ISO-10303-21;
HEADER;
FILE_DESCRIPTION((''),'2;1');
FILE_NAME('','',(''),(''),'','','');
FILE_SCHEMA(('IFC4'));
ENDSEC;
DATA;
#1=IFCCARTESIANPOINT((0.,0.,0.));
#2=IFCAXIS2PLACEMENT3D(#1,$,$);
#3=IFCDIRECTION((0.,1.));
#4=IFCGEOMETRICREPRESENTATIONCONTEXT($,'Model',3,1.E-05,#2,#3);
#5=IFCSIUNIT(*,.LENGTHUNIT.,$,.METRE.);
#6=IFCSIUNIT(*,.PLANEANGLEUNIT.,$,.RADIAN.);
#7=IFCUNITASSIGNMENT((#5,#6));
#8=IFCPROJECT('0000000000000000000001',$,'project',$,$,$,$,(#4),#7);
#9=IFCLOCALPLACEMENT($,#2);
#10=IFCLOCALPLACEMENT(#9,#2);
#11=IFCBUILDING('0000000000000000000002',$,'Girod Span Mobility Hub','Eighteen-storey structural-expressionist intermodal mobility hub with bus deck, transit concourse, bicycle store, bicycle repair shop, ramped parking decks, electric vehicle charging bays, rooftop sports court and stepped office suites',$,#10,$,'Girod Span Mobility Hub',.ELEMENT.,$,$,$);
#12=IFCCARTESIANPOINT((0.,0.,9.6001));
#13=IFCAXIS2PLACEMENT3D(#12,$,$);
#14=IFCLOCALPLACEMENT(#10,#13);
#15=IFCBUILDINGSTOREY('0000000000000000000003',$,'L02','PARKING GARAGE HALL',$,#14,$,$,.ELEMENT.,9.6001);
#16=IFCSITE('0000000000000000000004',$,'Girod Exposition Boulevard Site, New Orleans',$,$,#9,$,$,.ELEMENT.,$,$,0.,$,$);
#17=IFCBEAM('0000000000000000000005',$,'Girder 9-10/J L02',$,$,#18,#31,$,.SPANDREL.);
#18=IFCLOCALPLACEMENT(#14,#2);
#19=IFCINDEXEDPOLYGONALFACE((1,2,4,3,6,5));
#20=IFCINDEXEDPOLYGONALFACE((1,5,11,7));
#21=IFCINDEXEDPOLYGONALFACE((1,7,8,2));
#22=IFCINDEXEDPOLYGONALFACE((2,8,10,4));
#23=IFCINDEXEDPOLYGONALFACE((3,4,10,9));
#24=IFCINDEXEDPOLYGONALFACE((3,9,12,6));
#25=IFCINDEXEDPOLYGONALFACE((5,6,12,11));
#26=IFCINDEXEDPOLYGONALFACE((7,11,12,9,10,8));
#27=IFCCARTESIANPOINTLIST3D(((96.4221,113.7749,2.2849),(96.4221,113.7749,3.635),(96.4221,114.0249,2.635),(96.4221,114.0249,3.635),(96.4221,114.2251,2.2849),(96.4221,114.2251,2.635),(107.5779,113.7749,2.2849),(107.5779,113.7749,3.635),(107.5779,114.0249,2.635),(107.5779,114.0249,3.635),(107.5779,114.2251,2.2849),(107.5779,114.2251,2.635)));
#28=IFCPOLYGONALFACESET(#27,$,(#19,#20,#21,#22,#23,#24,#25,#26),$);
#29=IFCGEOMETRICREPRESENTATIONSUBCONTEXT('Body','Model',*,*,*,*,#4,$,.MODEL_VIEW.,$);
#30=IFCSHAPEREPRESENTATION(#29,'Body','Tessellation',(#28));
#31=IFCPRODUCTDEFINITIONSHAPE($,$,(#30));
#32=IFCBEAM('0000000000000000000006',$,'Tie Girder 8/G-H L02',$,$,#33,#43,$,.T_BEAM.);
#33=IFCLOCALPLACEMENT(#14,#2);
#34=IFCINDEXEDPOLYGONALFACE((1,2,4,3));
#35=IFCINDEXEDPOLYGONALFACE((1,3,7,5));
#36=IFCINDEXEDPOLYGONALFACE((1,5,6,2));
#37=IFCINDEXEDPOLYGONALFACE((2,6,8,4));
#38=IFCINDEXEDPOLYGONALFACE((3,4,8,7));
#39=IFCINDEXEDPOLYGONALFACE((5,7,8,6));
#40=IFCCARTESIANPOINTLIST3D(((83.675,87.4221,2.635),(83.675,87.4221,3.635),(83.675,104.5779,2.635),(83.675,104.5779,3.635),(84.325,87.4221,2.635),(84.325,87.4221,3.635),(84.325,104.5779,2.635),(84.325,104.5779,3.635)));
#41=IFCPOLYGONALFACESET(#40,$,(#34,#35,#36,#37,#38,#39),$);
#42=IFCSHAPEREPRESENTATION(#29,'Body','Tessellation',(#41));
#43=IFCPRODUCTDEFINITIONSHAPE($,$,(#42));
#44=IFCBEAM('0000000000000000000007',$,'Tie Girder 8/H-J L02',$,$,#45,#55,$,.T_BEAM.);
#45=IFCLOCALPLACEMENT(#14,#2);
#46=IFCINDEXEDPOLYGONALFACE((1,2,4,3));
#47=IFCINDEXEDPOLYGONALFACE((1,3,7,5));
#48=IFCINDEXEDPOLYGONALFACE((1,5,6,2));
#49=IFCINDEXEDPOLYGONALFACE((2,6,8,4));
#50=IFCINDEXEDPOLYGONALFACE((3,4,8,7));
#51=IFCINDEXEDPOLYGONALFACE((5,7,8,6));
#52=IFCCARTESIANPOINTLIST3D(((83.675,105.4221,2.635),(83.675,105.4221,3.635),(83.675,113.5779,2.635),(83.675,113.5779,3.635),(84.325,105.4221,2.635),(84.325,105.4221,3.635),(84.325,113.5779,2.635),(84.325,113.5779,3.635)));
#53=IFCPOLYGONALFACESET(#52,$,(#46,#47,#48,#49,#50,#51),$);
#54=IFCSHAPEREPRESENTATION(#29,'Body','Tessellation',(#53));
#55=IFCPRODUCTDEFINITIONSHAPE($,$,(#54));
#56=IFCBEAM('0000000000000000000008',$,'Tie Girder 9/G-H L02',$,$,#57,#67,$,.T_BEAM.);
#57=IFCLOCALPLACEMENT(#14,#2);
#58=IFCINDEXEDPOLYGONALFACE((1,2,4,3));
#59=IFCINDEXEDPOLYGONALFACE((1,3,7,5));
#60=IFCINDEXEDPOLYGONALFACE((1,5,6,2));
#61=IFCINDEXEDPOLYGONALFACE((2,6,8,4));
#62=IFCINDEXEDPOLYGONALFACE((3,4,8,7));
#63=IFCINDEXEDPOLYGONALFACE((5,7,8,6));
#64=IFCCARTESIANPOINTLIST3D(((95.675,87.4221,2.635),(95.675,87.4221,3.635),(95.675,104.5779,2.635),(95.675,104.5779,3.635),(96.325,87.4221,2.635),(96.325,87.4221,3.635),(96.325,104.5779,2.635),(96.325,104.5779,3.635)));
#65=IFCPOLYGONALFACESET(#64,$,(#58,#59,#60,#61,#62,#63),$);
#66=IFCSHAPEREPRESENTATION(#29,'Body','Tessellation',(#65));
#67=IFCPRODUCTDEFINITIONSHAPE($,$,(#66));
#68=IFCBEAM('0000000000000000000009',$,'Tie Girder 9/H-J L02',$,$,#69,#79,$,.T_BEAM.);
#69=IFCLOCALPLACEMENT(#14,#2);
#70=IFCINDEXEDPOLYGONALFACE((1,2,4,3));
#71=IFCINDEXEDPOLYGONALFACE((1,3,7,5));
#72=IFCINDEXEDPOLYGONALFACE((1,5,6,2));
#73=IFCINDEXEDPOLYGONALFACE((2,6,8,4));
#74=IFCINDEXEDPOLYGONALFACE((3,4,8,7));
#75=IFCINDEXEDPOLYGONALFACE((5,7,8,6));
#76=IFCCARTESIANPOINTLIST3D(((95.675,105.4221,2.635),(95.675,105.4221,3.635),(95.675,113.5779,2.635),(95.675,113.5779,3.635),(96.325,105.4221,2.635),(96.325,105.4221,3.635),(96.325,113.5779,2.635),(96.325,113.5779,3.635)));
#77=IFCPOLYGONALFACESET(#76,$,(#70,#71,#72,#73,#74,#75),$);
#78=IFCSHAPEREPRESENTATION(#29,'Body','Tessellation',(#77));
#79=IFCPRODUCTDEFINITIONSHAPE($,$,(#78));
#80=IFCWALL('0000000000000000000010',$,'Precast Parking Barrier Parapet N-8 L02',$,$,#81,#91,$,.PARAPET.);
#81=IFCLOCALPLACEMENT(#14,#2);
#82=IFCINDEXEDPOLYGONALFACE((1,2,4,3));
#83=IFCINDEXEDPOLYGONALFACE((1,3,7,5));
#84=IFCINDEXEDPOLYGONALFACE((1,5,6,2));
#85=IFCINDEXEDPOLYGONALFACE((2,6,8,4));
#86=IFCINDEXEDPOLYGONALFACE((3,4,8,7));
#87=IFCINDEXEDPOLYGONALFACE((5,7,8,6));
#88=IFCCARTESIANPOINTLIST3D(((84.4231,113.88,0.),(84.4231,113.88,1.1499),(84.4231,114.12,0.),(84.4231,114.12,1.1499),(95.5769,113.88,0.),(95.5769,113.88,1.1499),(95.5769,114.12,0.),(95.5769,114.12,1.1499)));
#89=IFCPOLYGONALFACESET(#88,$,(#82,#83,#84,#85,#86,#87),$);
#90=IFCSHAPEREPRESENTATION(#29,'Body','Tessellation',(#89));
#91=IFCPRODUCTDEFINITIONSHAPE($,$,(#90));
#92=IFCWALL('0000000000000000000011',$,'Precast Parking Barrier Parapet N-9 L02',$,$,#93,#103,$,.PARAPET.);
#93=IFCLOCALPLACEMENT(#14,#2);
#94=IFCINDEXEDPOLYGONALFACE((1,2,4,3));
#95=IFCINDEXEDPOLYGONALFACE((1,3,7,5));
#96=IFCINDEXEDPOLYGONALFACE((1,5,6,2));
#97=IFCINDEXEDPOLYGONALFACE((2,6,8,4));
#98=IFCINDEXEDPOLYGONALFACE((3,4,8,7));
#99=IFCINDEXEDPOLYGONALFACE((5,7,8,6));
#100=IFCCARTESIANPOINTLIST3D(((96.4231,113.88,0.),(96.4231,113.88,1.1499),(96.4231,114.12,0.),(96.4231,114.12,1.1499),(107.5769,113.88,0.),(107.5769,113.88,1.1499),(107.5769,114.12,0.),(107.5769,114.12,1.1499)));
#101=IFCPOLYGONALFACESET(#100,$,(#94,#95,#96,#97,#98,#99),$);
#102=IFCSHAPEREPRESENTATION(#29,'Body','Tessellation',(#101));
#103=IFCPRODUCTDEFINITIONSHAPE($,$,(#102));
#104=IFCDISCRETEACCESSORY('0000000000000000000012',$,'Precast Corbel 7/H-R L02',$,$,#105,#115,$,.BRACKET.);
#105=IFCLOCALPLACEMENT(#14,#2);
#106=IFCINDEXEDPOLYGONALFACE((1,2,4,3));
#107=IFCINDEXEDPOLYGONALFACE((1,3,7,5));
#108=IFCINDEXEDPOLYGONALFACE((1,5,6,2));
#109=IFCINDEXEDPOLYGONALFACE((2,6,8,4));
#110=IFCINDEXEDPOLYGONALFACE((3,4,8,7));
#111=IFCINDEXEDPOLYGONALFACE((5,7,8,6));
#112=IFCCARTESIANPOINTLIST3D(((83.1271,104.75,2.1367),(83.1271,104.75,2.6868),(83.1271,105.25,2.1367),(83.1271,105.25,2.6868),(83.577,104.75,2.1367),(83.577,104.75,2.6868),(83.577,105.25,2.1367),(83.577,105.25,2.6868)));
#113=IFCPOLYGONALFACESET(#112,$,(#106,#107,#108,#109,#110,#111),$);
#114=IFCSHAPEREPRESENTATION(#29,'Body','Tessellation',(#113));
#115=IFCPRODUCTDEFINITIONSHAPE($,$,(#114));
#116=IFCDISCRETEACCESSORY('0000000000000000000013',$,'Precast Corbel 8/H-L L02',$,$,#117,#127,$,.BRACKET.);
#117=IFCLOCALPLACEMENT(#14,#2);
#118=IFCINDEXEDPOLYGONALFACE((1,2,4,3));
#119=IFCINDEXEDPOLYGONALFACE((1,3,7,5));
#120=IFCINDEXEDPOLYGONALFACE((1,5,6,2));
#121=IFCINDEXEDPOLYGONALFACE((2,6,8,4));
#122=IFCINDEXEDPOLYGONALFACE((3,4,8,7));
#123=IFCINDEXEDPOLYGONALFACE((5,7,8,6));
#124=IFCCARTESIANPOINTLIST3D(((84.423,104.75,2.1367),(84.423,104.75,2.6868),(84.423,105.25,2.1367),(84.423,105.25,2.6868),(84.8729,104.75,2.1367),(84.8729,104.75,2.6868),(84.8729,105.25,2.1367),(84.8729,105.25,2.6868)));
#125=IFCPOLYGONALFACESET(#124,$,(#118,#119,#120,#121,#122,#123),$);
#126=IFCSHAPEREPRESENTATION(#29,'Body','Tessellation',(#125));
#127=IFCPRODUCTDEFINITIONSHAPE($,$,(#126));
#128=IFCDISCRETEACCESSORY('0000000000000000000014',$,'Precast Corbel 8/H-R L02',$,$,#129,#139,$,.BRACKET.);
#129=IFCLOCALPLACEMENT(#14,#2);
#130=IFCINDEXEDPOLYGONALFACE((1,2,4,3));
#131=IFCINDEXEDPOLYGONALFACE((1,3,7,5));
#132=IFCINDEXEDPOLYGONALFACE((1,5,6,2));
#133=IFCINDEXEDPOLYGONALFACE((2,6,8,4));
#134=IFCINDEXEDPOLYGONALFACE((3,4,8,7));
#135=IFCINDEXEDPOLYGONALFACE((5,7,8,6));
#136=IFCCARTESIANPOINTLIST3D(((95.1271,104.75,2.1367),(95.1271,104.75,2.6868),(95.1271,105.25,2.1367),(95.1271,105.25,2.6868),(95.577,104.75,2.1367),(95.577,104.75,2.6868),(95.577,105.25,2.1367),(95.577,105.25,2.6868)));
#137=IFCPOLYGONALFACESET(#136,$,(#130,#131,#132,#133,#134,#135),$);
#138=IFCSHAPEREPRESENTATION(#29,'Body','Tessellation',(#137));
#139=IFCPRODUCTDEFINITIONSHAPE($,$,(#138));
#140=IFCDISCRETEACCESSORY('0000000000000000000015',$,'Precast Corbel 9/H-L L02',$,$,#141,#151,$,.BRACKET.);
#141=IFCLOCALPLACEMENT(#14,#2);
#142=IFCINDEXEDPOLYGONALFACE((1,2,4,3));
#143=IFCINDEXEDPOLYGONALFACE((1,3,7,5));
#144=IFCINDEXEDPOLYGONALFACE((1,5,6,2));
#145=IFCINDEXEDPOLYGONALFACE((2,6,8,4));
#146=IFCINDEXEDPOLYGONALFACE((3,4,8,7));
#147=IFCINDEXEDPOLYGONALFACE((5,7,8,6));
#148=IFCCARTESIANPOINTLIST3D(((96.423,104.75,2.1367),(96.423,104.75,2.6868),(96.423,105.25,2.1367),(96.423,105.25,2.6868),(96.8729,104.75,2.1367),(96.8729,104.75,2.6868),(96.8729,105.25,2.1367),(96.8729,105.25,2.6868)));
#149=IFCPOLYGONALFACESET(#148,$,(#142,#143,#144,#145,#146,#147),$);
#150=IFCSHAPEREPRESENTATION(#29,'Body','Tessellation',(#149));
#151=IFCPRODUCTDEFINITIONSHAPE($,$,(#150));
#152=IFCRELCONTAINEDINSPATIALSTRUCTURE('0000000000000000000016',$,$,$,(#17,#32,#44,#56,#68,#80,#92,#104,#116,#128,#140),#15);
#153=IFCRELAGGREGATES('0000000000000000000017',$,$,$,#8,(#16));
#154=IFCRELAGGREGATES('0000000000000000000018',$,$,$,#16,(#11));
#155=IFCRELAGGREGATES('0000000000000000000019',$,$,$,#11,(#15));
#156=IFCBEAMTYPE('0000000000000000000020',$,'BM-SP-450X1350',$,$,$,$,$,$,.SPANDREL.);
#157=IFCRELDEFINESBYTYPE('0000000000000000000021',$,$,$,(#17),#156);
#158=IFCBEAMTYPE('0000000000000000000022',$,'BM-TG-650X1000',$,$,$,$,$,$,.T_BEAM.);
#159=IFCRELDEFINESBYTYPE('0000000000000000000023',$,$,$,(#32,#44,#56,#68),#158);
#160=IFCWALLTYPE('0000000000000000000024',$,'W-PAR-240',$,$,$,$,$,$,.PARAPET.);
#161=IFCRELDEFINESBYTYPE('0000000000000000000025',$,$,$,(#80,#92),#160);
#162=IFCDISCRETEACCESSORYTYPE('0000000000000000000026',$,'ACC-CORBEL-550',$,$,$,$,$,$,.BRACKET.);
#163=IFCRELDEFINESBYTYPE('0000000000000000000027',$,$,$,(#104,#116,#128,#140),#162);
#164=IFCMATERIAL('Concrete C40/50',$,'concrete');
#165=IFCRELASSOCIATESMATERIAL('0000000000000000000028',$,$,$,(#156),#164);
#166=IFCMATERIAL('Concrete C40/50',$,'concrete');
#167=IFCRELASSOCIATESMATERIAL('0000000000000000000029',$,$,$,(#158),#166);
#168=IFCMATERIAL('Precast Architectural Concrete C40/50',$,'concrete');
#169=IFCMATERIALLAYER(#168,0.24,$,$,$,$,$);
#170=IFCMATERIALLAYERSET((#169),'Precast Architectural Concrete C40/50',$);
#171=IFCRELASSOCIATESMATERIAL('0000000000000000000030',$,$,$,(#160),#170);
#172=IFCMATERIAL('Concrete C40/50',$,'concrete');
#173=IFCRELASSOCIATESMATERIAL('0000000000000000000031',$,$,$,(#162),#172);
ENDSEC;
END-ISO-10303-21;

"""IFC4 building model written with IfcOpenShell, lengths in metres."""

from ifc_helpers import new_model, si_unit, direction, frame, frame_2d, origin, origin_2d, place, context, subcontext, project, spatial, polyline, rectangle, outline, extrude, material, layer, layer_set, material_profile, profile_set, type_object, element, save


model = new_model("IFC4")

# Units and contexts
model_context = context("Model", 3, precision=1e-05, world=origin(), true_north=direction((0.0, 1.0)))
body_context = subcontext(model_context, "Body", "Model", "MODEL_VIEW")
ifc_project = project(units=[si_unit("LENGTHUNIT", "METRE"), si_unit("PLANEANGLEUNIT", "RADIAN")], contexts=[model_context])

# Site, building, storey
site_placement = place(None, origin())
site = spatial("IfcSite", under=ifc_project, at=site_placement, Name="Girod Exposition Boulevard Site, New Orleans", CompositionType="ELEMENT", RefElevation=0.0)
building_placement = place(site_placement, origin())
building = spatial("IfcBuilding", under=site, at=building_placement, Name="Girod Span Mobility Hub", Description="Eighteen-storey structural-expressionist intermodal mobility hub with bus deck, transit concourse, bicycle store, bicycle repair shop, ramped parking decks, electric vehicle charging bays, rooftop sports court and stepped office suites", LongName="Girod Span Mobility Hub", CompositionType="ELEMENT")
storey_placement = place(building_placement, frame((0.0, 0.0, 9.6001)))
storey = spatial("IfcBuildingStorey", under=building, at=storey_placement, Name="L02", Description="PARKING GARAGE HALL", CompositionType="ELEMENT", Elevation=9.6001)

# Beams
ifc_material_1 = material(Name="Concrete C40/50", Category="concrete")
ifc_material_profile_1 = material_profile(ifc_material_1, outline(polyline([(-0.2251, -0.675), (0.2251, -0.675), (0.2251, -0.325), (0.0249, -0.325), (0.0249, 0.675), (-0.2251, 0.675), (-0.2251, -0.675)])), Name="SP-450X1350")
ifc_profile_set_1 = profile_set([ifc_material_profile_1], Name="Concrete C40/50")
beam_type_1 = type_object("IfcBeamType", Name="BM-SP-450X1350", PredefinedType="SPANDREL", material=ifc_profile_set_1)
for number, where, z_axis, x_axis, name in (
    (1, (96.4221, 114.0, 2.96), (1.0, 0.0, 0.0), (0.0, 1.0, 0.0), "Girder 9-10/J L02"),
):
    element("IfcBeam", number, at=place(storey_placement, frame(where, z_axis=z_axis, x_axis=x_axis)), inside=storey, type_object=beam_type_1, Name=name, PredefinedType="SPANDREL", context=body_context, shape_type="SweptSolid", body=[
        extrude(outline(polyline([(-0.2251, -0.675), (0.2251, -0.675), (0.2251, -0.325), (0.0249, -0.325), (0.0249, 0.675), (-0.2251, 0.675), (-0.2251, -0.675)])), origin(), (0.0, 0.0, 1.0), 11.1558),
    ])
ifc_material_2 = material(Name="Concrete C40/50", Category="concrete")
ifc_material_profile_2 = material_profile(ifc_material_2, rectangle(XDim=0.6499, YDim=1.0, at=origin_2d()), Name="TG-650X1000")
ifc_profile_set_2 = profile_set([ifc_material_profile_2], Name="Concrete C40/50")
beam_type_2 = type_object("IfcBeamType", Name="BM-TG-650X1000", PredefinedType="T_BEAM", material=ifc_profile_set_2)
beam_1_placement = place(storey_placement, frame((84.0, 87.4221, 3.135), z_axis=(0.0, 1.0, 0.0), x_axis=(-1.0, 0.0, 0.0)))
element("IfcBeam", 2, at=beam_1_placement, inside=storey, type_object=beam_type_2, Name="Tie Girder 8/G-H L02", PredefinedType="T_BEAM", context=body_context, shape_type="SweptSolid", body=[
    extrude(rectangle(XDim=0.6499, YDim=1.0, at=origin_2d()), origin(), (0.0, 0.0, 1.0), 17.1558),
])
beam_2_placement = place(storey_placement, frame((84.0, 105.4221, 3.135), z_axis=(0.0, 1.0, 0.0), x_axis=(-1.0, 0.0, 0.0)))
element("IfcBeam", 3, at=beam_2_placement, inside=storey, type_object=beam_type_2, Name="Tie Girder 8/H-J L02", PredefinedType="T_BEAM", context=body_context, shape_type="SweptSolid", body=[
    extrude(rectangle(XDim=0.6499, YDim=1.0, at=origin_2d()), origin(), (0.0, 0.0, 1.0), 8.1558),
])
beam_3_placement = place(storey_placement, frame((96.0, 87.4221, 3.135), z_axis=(0.0, 1.0, 0.0), x_axis=(-1.0, 0.0, 0.0)))
element("IfcBeam", 4, at=beam_3_placement, inside=storey, type_object=beam_type_2, Name="Tie Girder 9/G-H L02", PredefinedType="T_BEAM", context=body_context, shape_type="SweptSolid", body=[
    extrude(rectangle(XDim=0.6499, YDim=1.0, at=origin_2d()), origin(), (0.0, 0.0, 1.0), 17.1558),
])
beam_4_placement = place(storey_placement, frame((96.0, 105.4221, 3.135), z_axis=(0.0, 1.0, 0.0), x_axis=(-1.0, 0.0, 0.0)))
element("IfcBeam", 5, at=beam_4_placement, inside=storey, type_object=beam_type_2, Name="Tie Girder 9/H-J L02", PredefinedType="T_BEAM", context=body_context, shape_type="SweptSolid", body=[
    extrude(rectangle(XDim=0.6499, YDim=1.0, at=origin_2d()), origin(), (0.0, 0.0, 1.0), 8.1558),
])

# Walls
ifc_material_3 = material(Name="Precast Architectural Concrete C40/50", Category="concrete")
ifc_layer = layer(ifc_material_3, 0.24)
ifc_layer_set = layer_set([ifc_layer], Name="Precast Architectural Concrete C40/50")
wall_type = type_object("IfcWallType", Name="W-PAR-240", PredefinedType="PARAPET", material=ifc_layer_set)
for number, where, z_axis, x_axis, name in (
    (6, (84.4231, 114.0, 0.0), (0.0, 0.0, 1.0), (1.0, 0.0, 0.0), "Precast Parking Barrier Parapet N-8 L02"),
    (7, (96.4231, 114.0, 0.0), (0.0, 0.0, 1.0), (1.0, 0.0, 0.0), "Precast Parking Barrier Parapet N-9 L02"),
):
    element("IfcWall", number, at=place(storey_placement, frame(where, z_axis=z_axis, x_axis=x_axis)), inside=storey, type_object=wall_type, Name=name, PredefinedType="PARAPET", context=body_context, shape_type="SweptSolid", body=[
        extrude(rectangle(XDim=11.1538, YDim=0.24, at=frame_2d((5.5769, 0.0))), origin(), (0.0, 0.0, 1.0), 1.1499),
    ])

# Discrete accessories
ifc_material_4 = material(Name="Concrete C40/50", Category="concrete")
discrete_accessory_type = type_object("IfcDiscreteAccessoryType", Name="ACC-CORBEL-550", PredefinedType="BRACKET", material=ifc_material_4)
for number, where, z_axis, x_axis, name in (
    (8, (83.3521, 105.0, 2.1367), (0.0, 0.0, 1.0), (1.0, 0.0, 0.0), "Precast Corbel 7/H-R L02"),
    (9, (84.6479, 105.0, 2.1367), (0.0, 0.0, 1.0), (1.0, 0.0, 0.0), "Precast Corbel 8/H-L L02"),
    (10, (95.3521, 105.0, 2.1367), (0.0, 0.0, 1.0), (1.0, 0.0, 0.0), "Precast Corbel 8/H-R L02"),
    (11, (96.6479, 105.0, 2.1367), (0.0, 0.0, 1.0), (1.0, 0.0, 0.0), "Precast Corbel 9/H-L L02"),
):
    element("IfcDiscreteAccessory", number, at=place(storey_placement, frame(where, z_axis=z_axis, x_axis=x_axis)), inside=storey, type_object=discrete_accessory_type, Name=name, PredefinedType="BRACKET", context=body_context, shape_type="SweptSolid", body=[
        extrude(rectangle(XDim=0.45, YDim=0.5, at=origin_2d()), origin(), (0.0, 0.0, 1.0), 0.55),
    ])

save(model, "model.ifc")
